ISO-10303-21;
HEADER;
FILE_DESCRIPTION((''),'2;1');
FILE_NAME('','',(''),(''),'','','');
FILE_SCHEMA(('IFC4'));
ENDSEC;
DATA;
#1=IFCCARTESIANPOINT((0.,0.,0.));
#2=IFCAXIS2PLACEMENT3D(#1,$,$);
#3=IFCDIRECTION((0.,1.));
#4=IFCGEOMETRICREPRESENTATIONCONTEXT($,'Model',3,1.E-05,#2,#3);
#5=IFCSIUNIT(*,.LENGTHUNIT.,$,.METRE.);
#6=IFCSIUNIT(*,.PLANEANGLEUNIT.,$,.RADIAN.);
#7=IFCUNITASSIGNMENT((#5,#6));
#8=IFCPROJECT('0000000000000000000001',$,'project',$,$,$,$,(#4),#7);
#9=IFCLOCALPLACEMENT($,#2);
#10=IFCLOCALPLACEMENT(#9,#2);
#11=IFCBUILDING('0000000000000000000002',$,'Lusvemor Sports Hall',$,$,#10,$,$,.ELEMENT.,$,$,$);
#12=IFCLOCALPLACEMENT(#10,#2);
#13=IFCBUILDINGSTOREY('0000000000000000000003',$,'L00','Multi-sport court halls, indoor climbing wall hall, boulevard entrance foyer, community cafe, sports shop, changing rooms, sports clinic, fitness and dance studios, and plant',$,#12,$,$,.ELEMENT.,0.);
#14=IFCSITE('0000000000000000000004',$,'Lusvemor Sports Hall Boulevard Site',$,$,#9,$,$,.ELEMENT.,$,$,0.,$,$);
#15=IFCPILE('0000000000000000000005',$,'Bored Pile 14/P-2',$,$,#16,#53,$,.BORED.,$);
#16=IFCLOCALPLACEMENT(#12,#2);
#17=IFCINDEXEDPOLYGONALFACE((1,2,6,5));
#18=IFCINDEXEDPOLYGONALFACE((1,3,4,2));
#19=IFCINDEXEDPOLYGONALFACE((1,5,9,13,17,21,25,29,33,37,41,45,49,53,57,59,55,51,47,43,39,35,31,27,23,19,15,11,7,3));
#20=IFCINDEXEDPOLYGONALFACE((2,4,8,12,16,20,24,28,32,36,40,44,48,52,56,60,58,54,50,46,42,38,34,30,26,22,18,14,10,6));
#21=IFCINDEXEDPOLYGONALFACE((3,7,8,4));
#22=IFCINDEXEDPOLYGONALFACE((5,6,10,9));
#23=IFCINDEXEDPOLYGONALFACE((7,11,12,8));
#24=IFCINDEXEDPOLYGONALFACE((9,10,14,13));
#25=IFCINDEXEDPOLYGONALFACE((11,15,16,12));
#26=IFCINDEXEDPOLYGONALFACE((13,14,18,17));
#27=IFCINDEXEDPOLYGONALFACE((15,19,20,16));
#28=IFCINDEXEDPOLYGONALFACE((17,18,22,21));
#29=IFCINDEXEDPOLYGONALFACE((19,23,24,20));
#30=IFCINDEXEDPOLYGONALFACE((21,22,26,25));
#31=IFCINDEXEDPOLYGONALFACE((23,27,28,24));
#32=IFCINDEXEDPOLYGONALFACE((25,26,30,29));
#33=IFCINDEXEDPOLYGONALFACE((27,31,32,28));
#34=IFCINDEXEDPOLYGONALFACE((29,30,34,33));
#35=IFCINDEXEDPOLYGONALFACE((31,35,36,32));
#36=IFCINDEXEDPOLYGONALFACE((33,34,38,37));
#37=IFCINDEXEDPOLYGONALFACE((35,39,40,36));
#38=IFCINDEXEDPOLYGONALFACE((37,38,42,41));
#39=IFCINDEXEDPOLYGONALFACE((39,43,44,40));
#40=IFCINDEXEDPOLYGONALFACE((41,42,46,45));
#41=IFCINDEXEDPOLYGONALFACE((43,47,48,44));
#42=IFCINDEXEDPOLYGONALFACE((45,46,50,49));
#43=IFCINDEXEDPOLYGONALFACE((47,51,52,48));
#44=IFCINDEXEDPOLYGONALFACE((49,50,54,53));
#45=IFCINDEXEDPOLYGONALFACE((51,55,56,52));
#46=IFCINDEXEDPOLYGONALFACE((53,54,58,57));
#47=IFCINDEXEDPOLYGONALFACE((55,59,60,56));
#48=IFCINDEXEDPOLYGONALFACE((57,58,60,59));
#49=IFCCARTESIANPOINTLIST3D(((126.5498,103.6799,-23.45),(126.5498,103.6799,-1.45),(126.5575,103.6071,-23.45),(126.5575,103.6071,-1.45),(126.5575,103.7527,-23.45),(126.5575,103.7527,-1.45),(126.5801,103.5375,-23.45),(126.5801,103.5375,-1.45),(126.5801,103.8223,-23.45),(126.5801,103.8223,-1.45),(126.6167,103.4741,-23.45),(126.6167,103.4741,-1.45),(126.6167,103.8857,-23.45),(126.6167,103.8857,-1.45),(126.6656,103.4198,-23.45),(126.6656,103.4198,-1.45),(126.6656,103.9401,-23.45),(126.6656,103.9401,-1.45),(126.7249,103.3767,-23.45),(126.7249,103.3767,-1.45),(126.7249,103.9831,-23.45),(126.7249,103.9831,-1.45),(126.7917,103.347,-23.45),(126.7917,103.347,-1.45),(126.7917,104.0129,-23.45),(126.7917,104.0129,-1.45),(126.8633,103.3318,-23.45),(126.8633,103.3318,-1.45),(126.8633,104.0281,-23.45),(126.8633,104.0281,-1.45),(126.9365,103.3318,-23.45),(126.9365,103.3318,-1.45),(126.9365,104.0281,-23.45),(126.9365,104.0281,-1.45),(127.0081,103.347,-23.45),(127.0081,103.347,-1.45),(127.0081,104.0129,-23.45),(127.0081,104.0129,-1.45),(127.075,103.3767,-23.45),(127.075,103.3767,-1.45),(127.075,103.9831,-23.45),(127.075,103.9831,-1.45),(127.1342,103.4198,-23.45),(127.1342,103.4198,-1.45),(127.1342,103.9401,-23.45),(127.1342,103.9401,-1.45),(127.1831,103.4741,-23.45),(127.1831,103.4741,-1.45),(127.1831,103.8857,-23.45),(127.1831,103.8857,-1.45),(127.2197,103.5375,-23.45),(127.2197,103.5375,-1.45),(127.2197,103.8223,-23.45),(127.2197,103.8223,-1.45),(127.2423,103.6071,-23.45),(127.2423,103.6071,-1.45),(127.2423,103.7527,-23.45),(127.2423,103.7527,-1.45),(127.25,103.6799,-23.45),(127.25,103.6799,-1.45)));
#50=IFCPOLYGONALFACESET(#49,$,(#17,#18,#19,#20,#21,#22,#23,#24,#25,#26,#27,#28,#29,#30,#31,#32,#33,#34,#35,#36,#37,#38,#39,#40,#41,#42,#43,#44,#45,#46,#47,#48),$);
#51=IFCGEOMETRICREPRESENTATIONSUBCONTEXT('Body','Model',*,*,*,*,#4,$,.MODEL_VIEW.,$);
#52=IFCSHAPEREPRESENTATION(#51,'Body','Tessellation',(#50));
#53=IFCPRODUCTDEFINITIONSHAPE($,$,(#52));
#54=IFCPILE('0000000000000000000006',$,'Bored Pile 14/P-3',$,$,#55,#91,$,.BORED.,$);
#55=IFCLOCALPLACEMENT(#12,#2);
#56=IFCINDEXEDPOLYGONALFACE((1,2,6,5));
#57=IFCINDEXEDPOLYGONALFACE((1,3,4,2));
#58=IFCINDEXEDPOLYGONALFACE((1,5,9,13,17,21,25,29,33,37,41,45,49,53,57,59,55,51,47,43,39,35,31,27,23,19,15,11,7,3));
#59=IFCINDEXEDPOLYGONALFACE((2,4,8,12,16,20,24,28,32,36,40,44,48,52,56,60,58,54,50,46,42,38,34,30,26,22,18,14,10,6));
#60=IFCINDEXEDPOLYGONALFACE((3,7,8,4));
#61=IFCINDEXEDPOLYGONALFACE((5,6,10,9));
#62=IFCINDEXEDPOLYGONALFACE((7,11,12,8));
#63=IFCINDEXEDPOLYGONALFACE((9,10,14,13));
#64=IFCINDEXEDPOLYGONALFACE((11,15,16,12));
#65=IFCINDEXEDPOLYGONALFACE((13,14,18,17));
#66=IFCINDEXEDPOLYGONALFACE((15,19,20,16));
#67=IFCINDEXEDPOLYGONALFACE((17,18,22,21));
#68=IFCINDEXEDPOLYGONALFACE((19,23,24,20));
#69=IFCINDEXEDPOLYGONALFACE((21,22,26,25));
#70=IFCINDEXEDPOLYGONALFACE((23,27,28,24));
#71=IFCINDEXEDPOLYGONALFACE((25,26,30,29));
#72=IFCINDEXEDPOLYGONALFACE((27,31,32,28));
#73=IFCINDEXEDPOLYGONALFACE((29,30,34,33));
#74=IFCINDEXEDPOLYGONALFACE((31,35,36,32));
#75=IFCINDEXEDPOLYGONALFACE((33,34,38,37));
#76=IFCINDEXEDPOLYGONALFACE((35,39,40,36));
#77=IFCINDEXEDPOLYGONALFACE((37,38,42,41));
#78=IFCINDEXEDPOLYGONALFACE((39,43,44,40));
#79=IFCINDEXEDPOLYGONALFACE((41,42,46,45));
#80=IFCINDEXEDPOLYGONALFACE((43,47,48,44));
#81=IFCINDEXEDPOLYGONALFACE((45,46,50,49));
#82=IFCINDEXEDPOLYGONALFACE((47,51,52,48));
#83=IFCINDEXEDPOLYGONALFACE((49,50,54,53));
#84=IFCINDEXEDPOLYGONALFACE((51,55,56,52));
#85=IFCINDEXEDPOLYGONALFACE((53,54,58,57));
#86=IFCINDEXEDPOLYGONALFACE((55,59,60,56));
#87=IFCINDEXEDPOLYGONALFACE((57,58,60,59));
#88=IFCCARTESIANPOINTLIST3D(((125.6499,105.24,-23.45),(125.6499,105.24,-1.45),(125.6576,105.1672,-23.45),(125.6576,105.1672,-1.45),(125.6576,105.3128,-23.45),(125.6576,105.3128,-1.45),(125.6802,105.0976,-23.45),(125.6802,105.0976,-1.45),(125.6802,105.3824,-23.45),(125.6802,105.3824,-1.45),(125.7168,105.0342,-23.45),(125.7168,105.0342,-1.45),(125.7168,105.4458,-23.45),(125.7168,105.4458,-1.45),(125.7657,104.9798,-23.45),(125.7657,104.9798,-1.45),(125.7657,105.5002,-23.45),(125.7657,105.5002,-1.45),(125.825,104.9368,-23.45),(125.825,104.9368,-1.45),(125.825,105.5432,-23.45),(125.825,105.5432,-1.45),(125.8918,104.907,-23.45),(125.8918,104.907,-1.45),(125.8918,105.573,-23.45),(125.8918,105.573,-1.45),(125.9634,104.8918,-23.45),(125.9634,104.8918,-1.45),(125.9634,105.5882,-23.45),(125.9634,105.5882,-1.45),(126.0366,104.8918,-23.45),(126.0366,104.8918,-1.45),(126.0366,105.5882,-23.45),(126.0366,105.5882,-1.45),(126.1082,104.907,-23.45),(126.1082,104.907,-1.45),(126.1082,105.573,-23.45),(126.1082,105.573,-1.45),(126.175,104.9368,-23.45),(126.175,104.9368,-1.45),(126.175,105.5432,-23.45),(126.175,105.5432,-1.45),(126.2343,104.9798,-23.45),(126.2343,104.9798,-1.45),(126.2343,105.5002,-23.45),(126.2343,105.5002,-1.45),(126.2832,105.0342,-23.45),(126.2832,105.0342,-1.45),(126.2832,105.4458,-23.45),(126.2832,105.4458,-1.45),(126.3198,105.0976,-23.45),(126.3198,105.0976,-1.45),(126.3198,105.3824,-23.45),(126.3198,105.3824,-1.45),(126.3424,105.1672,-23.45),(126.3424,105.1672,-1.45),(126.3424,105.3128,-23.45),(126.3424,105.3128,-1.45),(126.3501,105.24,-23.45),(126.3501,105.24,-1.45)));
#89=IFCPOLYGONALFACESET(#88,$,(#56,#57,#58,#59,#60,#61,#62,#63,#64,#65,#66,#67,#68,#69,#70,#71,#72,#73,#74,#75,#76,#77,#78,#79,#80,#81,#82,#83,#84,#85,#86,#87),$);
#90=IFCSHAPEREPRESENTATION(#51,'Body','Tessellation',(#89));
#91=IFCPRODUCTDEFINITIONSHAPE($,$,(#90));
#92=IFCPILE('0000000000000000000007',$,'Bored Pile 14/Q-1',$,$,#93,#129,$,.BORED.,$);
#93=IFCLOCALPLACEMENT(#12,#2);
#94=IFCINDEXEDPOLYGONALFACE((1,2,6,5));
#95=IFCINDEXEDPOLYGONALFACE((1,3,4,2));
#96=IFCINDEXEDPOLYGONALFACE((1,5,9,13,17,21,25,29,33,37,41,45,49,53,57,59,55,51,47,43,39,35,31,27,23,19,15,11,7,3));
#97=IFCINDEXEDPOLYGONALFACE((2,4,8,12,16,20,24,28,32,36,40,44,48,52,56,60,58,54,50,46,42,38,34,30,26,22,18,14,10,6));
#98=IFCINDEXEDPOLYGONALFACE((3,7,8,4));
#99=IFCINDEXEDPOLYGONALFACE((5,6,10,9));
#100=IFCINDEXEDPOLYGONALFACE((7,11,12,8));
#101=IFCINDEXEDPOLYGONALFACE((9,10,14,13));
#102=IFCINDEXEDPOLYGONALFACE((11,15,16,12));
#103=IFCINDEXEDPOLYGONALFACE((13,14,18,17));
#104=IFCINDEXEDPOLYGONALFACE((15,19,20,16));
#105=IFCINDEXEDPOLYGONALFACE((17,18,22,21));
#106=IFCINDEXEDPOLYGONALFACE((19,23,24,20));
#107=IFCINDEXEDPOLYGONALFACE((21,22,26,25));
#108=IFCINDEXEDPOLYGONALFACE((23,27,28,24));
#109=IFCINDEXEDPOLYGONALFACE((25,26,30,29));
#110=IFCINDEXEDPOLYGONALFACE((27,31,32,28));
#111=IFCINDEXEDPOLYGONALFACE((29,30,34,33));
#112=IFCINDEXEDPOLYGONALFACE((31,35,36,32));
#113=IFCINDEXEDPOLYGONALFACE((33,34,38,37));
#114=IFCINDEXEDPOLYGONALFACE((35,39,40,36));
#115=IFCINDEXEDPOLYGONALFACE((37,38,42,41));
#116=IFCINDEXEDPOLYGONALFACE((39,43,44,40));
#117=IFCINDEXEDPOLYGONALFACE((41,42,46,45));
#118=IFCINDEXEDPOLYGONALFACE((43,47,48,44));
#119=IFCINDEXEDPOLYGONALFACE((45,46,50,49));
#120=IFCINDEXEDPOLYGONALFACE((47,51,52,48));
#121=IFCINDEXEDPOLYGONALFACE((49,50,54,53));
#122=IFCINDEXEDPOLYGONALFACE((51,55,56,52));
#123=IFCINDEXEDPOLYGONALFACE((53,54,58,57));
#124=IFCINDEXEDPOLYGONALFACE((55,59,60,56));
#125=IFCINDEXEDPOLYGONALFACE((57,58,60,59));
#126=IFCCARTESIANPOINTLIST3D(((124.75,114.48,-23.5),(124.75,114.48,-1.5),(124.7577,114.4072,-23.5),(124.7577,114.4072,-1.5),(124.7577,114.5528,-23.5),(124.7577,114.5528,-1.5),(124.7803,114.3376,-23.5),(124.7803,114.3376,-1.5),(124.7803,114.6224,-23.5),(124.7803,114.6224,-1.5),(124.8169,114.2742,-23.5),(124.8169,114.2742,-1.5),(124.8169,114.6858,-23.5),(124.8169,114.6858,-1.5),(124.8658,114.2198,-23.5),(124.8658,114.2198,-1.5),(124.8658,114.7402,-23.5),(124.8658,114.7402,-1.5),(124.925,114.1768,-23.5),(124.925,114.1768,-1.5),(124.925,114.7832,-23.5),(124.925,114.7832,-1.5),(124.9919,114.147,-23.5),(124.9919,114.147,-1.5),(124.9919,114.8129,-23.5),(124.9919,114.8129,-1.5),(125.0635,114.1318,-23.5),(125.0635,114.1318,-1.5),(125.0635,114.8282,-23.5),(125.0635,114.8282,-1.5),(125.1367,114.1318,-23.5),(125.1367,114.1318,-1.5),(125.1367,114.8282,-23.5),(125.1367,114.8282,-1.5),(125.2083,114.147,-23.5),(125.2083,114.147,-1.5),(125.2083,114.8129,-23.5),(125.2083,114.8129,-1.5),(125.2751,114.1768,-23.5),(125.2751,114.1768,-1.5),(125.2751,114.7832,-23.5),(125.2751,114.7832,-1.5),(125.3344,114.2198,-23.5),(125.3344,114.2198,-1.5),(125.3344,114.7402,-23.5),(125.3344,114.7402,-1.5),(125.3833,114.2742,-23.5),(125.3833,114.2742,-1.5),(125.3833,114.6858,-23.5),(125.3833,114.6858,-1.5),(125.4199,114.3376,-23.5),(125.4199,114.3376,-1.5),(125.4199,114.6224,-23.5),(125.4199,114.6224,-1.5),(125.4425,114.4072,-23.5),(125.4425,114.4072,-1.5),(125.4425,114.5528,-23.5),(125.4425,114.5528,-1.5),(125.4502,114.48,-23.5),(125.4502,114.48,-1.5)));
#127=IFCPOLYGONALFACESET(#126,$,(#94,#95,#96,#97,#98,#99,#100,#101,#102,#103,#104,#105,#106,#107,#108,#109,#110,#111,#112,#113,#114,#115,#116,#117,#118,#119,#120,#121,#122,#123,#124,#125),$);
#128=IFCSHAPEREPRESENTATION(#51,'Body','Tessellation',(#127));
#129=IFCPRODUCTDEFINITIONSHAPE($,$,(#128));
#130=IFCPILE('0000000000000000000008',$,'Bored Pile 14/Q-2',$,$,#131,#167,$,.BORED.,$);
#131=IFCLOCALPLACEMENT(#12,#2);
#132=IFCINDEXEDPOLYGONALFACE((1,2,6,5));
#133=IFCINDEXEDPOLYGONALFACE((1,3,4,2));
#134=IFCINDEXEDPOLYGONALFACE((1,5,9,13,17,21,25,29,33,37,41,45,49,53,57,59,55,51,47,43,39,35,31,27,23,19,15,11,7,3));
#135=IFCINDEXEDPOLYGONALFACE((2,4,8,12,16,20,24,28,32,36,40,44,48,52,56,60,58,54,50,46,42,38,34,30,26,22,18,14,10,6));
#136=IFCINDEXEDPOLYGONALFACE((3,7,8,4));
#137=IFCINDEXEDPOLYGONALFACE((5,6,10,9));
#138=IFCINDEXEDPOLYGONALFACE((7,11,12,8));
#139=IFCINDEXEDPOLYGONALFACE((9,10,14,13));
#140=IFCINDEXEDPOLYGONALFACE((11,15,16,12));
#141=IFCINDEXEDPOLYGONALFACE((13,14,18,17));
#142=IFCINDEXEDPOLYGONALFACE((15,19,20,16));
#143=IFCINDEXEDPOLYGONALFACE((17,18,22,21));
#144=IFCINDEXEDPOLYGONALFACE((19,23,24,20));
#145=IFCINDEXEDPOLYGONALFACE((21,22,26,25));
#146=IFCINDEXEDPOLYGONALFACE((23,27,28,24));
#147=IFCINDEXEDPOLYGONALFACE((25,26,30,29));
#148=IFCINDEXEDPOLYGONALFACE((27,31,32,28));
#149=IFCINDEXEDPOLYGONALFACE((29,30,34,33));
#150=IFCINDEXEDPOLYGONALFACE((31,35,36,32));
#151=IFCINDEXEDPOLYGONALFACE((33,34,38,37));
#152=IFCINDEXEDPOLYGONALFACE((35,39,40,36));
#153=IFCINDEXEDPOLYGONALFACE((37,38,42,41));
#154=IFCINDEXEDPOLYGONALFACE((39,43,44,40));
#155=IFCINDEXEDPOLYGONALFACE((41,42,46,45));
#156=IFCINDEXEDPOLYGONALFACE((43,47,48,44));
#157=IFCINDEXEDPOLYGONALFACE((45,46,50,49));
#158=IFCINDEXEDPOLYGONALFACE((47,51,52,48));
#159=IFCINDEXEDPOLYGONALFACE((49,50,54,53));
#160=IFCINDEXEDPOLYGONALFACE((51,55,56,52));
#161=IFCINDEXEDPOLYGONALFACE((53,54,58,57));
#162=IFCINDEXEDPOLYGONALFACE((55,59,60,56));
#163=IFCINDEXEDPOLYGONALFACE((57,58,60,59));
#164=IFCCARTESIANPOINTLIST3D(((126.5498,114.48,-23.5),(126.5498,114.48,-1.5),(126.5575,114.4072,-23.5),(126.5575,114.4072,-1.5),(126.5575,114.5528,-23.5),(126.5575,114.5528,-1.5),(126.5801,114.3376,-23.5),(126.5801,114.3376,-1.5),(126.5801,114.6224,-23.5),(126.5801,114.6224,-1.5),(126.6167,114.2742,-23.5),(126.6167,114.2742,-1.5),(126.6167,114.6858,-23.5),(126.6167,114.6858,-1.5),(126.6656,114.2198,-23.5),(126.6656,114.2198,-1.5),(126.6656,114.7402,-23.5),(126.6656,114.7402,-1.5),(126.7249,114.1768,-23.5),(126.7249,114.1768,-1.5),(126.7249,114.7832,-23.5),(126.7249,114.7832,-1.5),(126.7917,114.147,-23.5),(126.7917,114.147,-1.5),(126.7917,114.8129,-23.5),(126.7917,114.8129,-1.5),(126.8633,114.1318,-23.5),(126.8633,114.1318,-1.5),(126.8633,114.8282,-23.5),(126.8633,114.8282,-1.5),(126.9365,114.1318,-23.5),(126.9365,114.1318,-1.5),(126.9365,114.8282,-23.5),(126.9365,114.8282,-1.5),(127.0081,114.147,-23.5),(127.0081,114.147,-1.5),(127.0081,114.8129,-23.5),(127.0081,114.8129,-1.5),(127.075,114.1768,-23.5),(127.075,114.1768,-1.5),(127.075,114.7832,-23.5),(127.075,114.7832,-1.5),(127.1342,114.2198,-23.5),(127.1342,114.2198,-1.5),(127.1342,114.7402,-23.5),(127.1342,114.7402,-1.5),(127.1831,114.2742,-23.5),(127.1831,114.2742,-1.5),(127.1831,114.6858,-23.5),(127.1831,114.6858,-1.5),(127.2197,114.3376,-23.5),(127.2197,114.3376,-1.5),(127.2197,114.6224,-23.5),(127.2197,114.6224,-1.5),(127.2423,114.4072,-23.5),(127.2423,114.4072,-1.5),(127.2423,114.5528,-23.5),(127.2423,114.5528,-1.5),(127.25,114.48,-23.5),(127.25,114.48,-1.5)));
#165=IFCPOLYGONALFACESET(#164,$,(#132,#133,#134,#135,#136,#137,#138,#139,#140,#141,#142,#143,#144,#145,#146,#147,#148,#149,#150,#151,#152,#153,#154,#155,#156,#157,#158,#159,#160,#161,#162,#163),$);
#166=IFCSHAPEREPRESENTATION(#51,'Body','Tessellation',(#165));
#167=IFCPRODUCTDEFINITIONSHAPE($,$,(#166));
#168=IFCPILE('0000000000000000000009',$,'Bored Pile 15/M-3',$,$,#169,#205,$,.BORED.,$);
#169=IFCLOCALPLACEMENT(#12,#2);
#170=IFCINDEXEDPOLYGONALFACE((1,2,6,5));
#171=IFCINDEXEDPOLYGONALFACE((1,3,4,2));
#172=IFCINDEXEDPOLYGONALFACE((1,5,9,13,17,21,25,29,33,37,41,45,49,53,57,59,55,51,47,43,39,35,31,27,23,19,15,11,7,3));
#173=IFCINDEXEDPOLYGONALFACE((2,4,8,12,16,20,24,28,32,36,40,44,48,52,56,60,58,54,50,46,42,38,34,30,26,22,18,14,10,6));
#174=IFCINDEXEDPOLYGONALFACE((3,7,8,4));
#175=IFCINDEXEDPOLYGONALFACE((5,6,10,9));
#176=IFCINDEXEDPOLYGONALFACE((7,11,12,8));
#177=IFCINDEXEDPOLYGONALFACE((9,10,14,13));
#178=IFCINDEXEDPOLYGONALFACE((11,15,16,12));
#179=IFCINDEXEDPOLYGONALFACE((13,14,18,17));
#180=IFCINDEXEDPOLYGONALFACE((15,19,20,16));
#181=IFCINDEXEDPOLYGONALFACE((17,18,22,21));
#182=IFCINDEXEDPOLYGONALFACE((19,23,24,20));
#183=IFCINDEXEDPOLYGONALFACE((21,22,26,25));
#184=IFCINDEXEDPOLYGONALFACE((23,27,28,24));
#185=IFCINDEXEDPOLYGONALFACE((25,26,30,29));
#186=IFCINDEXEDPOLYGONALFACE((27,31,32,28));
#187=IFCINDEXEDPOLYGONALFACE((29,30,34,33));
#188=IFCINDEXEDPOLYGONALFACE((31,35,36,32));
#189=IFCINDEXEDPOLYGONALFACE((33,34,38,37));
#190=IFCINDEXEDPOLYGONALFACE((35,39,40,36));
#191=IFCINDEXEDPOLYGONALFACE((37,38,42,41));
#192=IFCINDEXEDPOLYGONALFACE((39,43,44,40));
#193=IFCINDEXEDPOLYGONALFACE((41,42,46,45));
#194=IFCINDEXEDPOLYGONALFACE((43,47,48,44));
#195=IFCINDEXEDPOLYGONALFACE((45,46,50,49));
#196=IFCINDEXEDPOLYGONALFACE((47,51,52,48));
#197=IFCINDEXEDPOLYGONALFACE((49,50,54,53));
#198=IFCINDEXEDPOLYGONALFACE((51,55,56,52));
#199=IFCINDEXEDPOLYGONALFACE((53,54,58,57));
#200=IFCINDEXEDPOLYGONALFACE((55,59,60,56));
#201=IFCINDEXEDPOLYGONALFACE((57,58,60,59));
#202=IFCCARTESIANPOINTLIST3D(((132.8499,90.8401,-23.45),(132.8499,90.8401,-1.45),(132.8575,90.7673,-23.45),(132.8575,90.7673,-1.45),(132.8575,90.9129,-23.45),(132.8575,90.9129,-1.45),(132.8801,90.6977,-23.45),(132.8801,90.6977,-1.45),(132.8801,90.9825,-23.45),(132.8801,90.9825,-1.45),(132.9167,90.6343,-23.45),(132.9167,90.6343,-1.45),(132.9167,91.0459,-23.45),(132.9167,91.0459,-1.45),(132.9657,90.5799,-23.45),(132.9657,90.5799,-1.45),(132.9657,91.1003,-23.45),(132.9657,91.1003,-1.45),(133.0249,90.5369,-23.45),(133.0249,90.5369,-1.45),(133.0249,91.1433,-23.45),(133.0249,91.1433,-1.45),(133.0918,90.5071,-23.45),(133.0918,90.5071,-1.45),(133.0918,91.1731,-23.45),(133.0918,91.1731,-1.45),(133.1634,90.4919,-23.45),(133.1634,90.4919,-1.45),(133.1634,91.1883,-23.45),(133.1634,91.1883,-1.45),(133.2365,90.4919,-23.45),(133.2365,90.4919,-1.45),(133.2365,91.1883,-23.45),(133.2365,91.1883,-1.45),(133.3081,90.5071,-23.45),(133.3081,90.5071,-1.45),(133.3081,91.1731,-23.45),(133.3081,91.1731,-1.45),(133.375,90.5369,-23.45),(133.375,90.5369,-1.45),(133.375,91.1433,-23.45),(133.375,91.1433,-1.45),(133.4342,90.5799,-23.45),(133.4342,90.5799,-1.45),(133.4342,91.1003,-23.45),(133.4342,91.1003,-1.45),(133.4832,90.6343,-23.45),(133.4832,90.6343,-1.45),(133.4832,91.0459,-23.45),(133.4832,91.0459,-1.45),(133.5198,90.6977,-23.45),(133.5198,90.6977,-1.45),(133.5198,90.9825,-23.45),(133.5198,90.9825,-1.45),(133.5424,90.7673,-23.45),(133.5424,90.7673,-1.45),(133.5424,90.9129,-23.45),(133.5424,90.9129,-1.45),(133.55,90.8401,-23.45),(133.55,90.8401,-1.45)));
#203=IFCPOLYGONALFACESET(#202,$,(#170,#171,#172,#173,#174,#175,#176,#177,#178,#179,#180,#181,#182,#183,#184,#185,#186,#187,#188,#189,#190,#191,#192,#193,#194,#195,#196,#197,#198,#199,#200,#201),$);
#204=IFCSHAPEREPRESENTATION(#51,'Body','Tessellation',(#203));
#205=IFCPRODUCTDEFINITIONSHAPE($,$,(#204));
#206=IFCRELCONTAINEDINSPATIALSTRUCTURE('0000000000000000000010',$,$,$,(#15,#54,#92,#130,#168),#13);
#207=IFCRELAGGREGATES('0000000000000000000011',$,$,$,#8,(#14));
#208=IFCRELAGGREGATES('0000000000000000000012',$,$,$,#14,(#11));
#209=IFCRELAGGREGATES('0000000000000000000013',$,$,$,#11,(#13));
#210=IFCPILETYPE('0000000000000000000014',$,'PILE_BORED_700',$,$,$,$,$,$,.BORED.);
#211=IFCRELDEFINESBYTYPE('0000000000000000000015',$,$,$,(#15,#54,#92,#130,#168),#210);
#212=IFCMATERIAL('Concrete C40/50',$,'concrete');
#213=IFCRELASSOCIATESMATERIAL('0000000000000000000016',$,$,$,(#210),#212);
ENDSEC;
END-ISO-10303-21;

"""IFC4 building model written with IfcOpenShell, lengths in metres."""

from ifc_helpers import new_model, si_unit, direction, frame, origin, origin_2d, place, context, subcontext, project, spatial, circle, extrude, material, material_profile, profile_set, type_object, element, save


model = new_model("IFC4")

# Units and contexts
model_context = context("Model", 3, precision=1e-05, world=origin(), true_north=direction((0.0, 1.0)))
body_context = subcontext(model_context, "Body", "Model", "MODEL_VIEW")
ifc_project = project(units=[si_unit("LENGTHUNIT", "METRE"), si_unit("PLANEANGLEUNIT", "RADIAN")], contexts=[model_context])

# Site, building, storey
site_placement = place(None, origin())
site = spatial("IfcSite", under=ifc_project, at=site_placement, Name="Lusvemor Sports Hall Boulevard Site", CompositionType="ELEMENT", RefElevation=0.0)
building_placement = place(site_placement, origin())
building = spatial("IfcBuilding", under=site, at=building_placement, Name="Lusvemor Sports Hall", CompositionType="ELEMENT")
storey_placement = place(building_placement, origin())
storey = spatial("IfcBuildingStorey", under=building, at=storey_placement, Name="L00", Description="Multi-sport court halls, indoor climbing wall hall, boulevard entrance foyer, community cafe, sports shop, changing rooms, sports clinic, fitness and dance studios, and plant", CompositionType="ELEMENT", Elevation=0.0)

# Piles
ifc_material_1 = material(Name="Concrete C40/50", Category="concrete")
ifc_material_profile_1 = material_profile(ifc_material_1, circle(Radius=0.3501, at=origin_2d()), Name="PILE700")
ifc_profile_set_1 = profile_set([ifc_material_profile_1], Name="Concrete C40/50")
pile_type = type_object("IfcPileType", Name="PILE_BORED_700", PredefinedType="BORED", material=ifc_profile_set_1)
for number, where, z_axis, x_axis, name in (
    (1, (126.8999, 103.6799, -1.45), (0.0, 0.0, -1.0), (1.0, 0.0, 0.0), "Bored Pile 14/P-2"),
    (2, (126.0, 105.24, -1.45), (0.0, 0.0, -1.0), (1.0, 0.0, 0.0), "Bored Pile 14/P-3"),
    (3, (125.1001, 114.48, -1.5), (0.0, 0.0, -1.0), (1.0, 0.0, 0.0), "Bored Pile 14/Q-1"),
    (4, (126.8999, 114.48, -1.5), (0.0, 0.0, -1.0), (1.0, 0.0, 0.0), "Bored Pile 14/Q-2"),
    (5, (133.2, 90.8401, -1.45), (0.0, 0.0, -1.0), (1.0, 0.0, 0.0), "Bored Pile 15/M-3"),
):
    element("IfcPile", number, at=place(storey_placement, frame(where, z_axis=z_axis, x_axis=x_axis)), inside=storey, type_object=pile_type, Name=name, PredefinedType="BORED", context=body_context, shape_type="SweptSolid", body=[
        extrude(circle(Radius=0.3501, at=origin_2d()), origin(), (0.0, 0.0, 1.0), 22.0),
    ])

save(model, "model.ifc")
